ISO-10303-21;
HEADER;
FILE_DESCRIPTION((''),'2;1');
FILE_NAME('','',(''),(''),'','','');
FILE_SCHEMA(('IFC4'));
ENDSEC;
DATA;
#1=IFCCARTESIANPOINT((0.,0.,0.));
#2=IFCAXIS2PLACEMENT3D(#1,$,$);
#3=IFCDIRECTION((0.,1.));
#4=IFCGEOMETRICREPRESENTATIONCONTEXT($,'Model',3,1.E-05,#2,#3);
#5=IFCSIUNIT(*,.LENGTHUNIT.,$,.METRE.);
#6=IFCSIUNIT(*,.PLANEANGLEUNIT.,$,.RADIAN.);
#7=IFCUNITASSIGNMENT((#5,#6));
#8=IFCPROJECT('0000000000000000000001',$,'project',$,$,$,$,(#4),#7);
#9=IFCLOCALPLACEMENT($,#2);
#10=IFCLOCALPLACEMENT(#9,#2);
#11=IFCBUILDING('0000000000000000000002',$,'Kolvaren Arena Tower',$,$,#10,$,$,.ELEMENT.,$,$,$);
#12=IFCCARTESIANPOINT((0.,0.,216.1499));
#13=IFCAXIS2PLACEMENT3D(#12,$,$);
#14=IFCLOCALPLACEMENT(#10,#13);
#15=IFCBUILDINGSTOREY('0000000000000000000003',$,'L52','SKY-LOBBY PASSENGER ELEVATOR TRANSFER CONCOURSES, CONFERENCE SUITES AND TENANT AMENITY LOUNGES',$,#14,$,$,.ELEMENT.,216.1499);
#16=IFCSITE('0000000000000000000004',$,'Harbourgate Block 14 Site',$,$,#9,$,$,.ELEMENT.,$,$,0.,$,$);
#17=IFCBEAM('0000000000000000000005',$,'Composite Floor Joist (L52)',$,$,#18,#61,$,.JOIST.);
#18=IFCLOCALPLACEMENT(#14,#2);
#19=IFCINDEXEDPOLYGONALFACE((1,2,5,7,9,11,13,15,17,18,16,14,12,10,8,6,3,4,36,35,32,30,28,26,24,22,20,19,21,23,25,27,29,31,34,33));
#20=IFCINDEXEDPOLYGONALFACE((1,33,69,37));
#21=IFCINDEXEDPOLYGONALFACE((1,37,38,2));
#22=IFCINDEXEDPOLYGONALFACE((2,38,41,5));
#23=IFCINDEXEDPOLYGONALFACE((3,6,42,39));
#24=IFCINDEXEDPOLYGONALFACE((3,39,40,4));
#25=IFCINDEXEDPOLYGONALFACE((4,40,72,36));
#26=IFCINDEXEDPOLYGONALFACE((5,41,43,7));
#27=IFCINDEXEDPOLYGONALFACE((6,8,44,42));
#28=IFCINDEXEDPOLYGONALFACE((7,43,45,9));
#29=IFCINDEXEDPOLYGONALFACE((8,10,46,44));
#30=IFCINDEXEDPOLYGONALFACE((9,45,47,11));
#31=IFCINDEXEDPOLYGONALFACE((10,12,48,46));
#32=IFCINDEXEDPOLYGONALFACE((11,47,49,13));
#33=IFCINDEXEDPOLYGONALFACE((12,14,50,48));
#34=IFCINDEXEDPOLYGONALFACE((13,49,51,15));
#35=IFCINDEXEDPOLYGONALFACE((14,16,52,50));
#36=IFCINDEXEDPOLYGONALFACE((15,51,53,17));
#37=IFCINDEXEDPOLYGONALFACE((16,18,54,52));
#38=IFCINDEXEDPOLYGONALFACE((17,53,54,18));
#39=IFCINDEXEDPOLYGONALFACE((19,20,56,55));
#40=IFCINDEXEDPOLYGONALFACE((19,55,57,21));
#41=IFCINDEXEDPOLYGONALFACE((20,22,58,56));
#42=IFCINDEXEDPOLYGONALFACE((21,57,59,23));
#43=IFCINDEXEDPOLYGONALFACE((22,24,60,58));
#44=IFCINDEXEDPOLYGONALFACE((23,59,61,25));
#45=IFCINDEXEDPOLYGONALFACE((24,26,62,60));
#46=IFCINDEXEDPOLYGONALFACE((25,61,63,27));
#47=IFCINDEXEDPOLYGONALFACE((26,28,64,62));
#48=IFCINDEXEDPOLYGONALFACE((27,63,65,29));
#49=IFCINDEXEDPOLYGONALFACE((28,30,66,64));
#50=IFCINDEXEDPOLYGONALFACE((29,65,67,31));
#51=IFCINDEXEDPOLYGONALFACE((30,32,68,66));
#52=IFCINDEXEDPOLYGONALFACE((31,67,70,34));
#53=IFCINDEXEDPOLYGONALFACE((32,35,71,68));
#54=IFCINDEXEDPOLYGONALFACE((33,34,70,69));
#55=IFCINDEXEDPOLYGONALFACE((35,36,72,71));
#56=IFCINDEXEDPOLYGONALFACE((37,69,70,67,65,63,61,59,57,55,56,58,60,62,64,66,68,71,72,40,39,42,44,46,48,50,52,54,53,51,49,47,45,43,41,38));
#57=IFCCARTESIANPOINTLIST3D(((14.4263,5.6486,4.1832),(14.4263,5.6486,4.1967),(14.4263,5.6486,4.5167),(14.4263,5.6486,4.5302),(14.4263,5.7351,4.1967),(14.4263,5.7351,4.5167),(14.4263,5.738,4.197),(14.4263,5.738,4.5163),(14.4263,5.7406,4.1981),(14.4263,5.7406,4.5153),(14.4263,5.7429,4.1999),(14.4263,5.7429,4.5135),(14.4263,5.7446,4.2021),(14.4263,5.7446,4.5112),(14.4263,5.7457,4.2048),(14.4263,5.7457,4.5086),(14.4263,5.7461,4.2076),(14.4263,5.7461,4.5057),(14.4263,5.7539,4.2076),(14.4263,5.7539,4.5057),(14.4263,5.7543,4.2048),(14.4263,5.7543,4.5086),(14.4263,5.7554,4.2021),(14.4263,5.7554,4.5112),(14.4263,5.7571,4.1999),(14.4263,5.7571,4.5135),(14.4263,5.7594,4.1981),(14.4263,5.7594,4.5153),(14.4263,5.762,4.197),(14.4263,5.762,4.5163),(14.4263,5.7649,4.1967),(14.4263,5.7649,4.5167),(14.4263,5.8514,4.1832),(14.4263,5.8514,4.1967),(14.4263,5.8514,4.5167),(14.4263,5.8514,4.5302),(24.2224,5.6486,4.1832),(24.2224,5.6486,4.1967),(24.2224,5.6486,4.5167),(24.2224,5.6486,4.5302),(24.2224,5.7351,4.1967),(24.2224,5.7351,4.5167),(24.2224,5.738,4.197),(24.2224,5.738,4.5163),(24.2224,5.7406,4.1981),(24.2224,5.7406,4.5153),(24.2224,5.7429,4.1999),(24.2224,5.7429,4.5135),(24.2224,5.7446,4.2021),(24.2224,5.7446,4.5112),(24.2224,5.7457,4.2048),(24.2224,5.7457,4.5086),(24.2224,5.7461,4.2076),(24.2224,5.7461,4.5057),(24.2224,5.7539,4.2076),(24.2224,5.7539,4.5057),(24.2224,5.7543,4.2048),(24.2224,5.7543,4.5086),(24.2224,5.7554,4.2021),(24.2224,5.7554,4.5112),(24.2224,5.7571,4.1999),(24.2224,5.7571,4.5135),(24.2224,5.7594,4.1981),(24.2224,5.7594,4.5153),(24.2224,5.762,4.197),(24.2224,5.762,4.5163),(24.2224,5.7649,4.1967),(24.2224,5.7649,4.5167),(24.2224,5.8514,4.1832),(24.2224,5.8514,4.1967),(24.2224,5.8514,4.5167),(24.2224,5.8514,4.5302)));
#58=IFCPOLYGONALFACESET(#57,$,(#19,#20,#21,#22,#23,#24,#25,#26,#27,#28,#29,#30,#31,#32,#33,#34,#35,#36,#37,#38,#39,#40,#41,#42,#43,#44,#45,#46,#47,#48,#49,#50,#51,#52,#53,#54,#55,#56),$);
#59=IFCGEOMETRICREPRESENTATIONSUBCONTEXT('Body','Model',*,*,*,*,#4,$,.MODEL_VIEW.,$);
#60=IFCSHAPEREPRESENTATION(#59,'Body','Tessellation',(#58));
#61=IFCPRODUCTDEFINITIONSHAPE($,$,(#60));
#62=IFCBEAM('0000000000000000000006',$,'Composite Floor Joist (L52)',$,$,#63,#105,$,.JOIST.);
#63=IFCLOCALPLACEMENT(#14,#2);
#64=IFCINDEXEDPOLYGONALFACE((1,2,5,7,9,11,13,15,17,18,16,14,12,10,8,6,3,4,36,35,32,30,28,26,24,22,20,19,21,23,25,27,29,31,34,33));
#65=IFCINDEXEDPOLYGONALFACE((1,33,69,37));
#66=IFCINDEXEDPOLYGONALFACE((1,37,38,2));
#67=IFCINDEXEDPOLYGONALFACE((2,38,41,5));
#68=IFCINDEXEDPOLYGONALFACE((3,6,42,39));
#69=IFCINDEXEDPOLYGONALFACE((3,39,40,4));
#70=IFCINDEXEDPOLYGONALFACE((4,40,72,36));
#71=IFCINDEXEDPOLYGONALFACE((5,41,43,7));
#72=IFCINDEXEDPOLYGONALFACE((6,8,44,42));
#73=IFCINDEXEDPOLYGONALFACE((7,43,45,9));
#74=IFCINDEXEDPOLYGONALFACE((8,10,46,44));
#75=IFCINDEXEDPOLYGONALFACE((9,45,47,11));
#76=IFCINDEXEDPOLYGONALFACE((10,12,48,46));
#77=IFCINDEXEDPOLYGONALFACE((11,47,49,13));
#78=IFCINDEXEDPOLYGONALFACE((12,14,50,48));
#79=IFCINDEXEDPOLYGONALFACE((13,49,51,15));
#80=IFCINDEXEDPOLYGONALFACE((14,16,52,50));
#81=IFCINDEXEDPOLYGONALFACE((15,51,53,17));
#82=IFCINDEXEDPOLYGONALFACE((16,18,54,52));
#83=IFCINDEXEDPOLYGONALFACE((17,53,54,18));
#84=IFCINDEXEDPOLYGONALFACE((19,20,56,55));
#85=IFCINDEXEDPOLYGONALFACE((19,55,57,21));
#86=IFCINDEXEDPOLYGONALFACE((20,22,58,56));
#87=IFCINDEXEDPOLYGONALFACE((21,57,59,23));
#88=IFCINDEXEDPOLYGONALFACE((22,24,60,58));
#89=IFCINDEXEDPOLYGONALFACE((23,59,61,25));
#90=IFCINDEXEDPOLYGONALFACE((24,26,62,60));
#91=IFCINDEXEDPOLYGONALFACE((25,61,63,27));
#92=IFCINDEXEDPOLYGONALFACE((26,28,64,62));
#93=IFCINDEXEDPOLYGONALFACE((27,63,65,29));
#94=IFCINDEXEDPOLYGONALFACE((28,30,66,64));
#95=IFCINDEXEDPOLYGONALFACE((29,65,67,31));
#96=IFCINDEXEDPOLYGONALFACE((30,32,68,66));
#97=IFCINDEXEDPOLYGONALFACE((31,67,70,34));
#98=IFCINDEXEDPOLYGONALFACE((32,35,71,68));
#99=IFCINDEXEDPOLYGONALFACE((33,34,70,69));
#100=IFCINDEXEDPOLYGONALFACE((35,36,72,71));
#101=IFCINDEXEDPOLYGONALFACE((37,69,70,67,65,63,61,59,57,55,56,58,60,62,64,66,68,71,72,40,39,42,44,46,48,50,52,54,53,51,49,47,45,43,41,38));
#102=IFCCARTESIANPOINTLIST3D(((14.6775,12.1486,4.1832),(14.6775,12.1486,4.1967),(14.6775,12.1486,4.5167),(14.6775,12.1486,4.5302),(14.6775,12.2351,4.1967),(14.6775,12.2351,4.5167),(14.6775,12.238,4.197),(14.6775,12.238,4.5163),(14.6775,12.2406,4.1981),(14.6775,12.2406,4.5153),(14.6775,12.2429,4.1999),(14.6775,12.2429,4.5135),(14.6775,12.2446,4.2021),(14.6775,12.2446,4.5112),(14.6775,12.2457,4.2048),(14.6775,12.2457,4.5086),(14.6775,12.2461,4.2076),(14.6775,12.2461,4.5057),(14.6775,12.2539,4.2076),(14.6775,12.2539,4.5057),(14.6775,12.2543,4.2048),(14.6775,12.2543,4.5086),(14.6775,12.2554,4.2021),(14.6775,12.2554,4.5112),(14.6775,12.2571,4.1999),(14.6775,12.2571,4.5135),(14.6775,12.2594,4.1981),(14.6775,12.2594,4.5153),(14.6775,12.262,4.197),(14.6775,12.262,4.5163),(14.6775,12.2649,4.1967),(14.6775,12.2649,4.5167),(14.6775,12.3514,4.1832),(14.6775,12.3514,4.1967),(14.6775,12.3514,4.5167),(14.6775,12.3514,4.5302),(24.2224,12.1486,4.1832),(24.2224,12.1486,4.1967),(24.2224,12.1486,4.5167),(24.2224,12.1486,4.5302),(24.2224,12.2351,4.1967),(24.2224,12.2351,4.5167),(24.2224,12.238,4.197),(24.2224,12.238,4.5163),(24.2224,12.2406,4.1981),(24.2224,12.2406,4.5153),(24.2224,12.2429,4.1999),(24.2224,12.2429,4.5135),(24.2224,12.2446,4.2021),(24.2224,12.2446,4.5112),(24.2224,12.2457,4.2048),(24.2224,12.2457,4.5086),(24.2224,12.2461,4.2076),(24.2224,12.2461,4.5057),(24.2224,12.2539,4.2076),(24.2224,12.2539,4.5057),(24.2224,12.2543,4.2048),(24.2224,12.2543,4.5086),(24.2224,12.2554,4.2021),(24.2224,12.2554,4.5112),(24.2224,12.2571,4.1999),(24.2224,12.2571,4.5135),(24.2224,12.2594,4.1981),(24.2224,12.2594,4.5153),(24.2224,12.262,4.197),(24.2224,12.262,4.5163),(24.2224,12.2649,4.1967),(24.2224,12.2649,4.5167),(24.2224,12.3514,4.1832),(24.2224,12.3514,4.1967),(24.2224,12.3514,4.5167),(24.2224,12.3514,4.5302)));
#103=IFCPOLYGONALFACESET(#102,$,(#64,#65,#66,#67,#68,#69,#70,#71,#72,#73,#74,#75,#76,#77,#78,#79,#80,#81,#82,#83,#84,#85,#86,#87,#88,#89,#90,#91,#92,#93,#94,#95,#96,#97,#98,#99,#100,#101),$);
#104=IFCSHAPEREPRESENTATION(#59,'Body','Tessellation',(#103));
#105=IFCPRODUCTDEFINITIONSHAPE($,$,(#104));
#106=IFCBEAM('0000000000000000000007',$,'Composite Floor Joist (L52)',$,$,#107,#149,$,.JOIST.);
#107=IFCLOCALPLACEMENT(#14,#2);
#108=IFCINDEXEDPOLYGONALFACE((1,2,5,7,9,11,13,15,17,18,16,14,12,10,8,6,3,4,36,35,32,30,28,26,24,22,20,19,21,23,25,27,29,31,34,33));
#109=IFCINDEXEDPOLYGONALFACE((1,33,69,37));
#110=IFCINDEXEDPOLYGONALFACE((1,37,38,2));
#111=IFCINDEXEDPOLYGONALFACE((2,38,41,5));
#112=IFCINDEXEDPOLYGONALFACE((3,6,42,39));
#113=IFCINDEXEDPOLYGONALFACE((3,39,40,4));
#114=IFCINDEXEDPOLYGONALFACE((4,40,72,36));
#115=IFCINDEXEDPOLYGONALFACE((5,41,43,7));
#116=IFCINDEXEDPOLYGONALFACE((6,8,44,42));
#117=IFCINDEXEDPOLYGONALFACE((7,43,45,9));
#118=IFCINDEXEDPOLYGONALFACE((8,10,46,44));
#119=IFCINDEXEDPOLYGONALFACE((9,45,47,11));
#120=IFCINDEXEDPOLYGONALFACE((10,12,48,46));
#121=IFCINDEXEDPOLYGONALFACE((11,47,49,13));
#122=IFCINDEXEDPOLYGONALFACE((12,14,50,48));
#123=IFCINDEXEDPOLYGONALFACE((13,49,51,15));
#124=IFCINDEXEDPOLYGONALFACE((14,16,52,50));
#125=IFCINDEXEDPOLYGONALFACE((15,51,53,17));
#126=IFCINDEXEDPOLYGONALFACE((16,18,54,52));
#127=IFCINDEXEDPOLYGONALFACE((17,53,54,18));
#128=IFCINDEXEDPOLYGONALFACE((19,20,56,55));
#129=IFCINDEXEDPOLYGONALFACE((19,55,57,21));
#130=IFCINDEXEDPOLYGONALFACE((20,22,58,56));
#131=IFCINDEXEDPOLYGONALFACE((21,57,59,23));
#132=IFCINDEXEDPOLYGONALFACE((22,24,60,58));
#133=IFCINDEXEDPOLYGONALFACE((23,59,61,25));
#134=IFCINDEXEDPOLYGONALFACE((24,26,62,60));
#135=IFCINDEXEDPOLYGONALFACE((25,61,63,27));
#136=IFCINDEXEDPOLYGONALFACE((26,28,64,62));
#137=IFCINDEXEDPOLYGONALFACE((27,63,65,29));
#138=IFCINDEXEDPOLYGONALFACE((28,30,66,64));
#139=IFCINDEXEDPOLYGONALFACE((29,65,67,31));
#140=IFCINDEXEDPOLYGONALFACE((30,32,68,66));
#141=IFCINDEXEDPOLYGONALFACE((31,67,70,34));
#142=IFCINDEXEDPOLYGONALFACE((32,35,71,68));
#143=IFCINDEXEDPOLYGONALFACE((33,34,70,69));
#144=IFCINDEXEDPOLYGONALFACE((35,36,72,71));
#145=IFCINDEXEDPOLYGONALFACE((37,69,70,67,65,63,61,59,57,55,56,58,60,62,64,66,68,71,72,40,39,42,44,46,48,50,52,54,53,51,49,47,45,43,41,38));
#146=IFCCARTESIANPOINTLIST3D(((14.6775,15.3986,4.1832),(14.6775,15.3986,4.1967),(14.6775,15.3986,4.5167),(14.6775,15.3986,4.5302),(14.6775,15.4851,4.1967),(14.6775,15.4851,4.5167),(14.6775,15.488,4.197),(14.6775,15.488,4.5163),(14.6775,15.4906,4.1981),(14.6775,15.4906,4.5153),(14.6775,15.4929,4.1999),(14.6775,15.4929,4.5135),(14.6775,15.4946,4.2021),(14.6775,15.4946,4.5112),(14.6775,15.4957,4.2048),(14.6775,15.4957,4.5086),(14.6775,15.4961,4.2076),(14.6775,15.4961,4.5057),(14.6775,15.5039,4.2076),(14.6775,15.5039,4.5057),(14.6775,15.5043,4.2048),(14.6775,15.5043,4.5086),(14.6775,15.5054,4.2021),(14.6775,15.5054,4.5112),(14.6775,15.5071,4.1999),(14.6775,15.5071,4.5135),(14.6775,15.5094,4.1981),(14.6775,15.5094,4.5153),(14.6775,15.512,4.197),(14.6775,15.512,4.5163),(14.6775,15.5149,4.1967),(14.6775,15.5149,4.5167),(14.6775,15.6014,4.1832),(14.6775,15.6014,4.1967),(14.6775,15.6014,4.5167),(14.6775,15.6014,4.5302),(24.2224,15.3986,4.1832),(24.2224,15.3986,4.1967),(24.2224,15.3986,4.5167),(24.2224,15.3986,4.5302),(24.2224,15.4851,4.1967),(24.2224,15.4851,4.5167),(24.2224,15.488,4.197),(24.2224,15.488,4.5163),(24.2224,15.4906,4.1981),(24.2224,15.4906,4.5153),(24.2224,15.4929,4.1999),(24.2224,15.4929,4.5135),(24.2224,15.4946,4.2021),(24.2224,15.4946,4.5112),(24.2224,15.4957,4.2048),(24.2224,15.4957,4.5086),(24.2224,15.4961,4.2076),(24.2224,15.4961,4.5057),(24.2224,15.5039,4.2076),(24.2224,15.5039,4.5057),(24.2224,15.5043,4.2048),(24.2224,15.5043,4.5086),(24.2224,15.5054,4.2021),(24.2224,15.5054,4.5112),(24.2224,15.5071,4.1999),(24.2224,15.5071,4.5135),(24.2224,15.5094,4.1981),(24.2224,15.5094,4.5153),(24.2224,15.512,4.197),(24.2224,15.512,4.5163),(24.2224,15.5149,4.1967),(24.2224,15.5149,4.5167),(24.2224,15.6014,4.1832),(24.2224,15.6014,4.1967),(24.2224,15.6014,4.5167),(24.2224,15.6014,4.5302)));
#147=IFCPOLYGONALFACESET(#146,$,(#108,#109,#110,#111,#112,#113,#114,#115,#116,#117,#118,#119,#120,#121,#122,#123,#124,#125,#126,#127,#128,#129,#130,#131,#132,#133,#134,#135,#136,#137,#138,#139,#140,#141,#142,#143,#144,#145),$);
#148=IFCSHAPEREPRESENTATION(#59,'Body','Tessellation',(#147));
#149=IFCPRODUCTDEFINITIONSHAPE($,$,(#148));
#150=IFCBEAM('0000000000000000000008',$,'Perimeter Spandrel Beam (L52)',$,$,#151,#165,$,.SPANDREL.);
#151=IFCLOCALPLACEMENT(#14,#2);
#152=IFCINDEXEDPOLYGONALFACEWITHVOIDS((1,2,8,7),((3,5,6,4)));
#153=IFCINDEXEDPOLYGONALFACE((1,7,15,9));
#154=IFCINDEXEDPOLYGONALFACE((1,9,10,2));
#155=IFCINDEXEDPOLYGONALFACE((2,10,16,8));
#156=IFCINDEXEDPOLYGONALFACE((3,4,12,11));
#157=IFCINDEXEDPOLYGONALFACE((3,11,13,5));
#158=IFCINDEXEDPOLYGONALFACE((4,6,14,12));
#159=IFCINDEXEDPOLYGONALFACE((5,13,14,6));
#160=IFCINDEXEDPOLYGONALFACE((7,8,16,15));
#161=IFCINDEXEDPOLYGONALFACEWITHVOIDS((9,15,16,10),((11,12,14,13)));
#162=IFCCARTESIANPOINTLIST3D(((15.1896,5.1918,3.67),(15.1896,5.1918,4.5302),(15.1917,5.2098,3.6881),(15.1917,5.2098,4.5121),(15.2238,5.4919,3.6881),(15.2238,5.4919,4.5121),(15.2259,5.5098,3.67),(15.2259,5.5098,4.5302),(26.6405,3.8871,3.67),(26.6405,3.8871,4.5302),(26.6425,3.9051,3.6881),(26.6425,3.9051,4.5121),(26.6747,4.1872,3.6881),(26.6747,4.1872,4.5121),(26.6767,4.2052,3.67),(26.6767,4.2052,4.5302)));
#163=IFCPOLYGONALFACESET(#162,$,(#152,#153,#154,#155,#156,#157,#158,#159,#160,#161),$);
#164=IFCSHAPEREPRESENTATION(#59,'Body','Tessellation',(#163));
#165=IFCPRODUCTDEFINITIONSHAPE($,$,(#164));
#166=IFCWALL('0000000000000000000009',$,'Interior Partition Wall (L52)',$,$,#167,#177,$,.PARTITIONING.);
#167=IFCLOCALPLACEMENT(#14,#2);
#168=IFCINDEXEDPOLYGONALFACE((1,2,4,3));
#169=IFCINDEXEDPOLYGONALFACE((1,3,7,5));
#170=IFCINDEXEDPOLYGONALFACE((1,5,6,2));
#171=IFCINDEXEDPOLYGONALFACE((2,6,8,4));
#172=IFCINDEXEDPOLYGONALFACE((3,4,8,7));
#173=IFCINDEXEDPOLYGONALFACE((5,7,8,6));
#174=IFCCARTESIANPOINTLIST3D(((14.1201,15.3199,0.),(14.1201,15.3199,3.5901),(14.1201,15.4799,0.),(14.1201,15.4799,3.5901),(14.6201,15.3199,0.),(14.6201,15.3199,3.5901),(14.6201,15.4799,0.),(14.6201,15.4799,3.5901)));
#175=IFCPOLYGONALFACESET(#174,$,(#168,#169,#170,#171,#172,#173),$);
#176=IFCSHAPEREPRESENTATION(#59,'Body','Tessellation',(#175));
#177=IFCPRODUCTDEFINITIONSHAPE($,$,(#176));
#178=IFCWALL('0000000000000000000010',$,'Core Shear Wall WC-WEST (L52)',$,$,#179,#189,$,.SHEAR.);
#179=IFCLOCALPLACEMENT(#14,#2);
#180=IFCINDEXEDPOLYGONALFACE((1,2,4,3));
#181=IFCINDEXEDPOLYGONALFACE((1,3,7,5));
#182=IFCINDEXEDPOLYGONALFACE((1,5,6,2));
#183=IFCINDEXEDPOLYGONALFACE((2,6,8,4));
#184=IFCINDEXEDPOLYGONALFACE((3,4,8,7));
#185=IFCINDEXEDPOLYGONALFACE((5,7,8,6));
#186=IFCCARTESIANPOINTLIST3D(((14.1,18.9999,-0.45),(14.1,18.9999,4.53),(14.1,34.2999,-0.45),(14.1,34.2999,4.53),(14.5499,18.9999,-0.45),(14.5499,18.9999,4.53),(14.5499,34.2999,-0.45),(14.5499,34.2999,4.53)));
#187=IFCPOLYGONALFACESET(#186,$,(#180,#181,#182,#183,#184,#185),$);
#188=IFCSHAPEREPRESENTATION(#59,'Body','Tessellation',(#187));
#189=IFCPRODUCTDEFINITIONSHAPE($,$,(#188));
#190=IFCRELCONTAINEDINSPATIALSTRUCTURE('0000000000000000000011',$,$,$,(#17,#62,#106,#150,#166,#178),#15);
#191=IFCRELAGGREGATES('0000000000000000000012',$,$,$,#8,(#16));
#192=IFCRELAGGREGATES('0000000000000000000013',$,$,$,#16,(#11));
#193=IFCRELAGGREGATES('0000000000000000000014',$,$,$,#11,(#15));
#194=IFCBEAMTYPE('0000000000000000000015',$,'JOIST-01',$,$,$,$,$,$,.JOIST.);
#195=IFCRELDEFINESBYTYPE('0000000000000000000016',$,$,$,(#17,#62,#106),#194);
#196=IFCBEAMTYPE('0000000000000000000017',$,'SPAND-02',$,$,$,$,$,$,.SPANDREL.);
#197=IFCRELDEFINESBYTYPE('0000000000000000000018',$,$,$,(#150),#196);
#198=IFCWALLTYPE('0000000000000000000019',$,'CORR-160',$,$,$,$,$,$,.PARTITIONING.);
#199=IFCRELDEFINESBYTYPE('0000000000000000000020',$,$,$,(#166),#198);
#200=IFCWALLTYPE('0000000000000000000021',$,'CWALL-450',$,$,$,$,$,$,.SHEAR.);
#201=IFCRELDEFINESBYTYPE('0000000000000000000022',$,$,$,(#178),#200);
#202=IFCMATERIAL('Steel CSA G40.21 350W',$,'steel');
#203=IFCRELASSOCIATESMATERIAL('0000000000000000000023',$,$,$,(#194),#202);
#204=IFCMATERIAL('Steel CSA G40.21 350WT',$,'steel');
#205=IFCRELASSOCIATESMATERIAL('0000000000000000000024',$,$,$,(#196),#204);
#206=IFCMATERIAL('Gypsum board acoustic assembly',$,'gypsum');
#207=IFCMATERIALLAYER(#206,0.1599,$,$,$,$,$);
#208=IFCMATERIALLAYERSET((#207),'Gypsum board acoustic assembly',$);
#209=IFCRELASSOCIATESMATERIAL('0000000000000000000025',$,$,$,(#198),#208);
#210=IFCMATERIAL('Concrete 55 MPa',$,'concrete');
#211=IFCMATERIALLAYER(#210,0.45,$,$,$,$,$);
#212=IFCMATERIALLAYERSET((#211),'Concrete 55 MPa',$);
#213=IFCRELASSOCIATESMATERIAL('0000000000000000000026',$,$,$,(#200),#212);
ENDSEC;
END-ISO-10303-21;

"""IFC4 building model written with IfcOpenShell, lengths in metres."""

from ifc_helpers import new_model, si_unit, direction, frame, frame_2d, origin, origin_2d, place, context, subcontext, project, spatial, rectangle, hollow_rectangle, i_section, extrude, material, layer, layer_set, material_profile, profile_set, type_object, element, save


model = new_model("IFC4")

# Units and contexts
model_context = context("Model", 3, precision=1e-05, world=origin(), true_north=direction((0.0, 1.0)))
body_context = subcontext(model_context, "Body", "Model", "MODEL_VIEW")
ifc_project = project(units=[si_unit("LENGTHUNIT", "METRE"), si_unit("PLANEANGLEUNIT", "RADIAN")], contexts=[model_context])

# Site, building, storey
site_placement = place(None, origin())
site = spatial("IfcSite", under=ifc_project, at=site_placement, Name="Harbourgate Block 14 Site", CompositionType="ELEMENT", RefElevation=0.0)
building_placement = place(site_placement, origin())
building = spatial("IfcBuilding", under=site, at=building_placement, Name="Kolvaren Arena Tower", CompositionType="ELEMENT")
storey_placement = place(building_placement, frame((0.0, 0.0, 216.1499)))
storey = spatial("IfcBuildingStorey", under=building, at=storey_placement, Name="L52", Description="SKY-LOBBY PASSENGER ELEVATOR TRANSFER CONCOURSES, CONFERENCE SUITES AND TENANT AMENITY LOUNGES", CompositionType="ELEMENT", Elevation=216.1499)

# Beams
ifc_material_1 = material(Name="Steel CSA G40.21 350W", Category="steel")
ifc_material_profile_1 = material_profile(ifc_material_1, i_section(OverallWidth=0.2029, OverallDepth=0.3469, WebThickness=0.0078, FlangeThickness=0.0134, FilletRadius=0.011, at=origin_2d()), Name="W360x64")
ifc_profile_set_1 = profile_set([ifc_material_profile_1], Name="Steel CSA G40.21 350W")
beam_type_1 = type_object("IfcBeamType", Name="JOIST-01", PredefinedType="JOIST", material=ifc_profile_set_1)
beam_1_placement = place(storey_placement, frame((14.4263, 5.75, 4.3567), z_axis=(1.0, 0.0, 0.0), x_axis=(0.0, 1.0, 0.0)))
element("IfcBeam", 1, at=beam_1_placement, inside=storey, type_object=beam_type_1, Name="Composite Floor Joist (L52)", PredefinedType="JOIST", context=body_context, shape_type="SweptSolid", body=[
    extrude(i_section(OverallWidth=0.2029, OverallDepth=0.3469, WebThickness=0.0078, FlangeThickness=0.0134, FilletRadius=0.011, at=origin_2d()), origin(), (0.0, 0.0, 1.0), 9.7961),
])
for number, where, z_axis, x_axis, name in (
    (2, (14.6775, 12.25, 4.3567), (1.0, 0.0, 0.0), (0.0, 1.0, 0.0), "Composite Floor Joist (L52)"),
    (3, (14.6775, 15.5, 4.3567), (1.0, 0.0, 0.0), (0.0, 1.0, 0.0), "Composite Floor Joist (L52)"),
):
    element("IfcBeam", number, at=place(storey_placement, frame(where, z_axis=z_axis, x_axis=x_axis)), inside=storey, type_object=beam_type_1, Name=name, PredefinedType="JOIST", context=body_context, shape_type="SweptSolid", body=[
        extrude(i_section(OverallWidth=0.2029, OverallDepth=0.3469, WebThickness=0.0078, FlangeThickness=0.0134, FilletRadius=0.011, at=origin_2d()), origin(), (0.0, 0.0, 1.0), 9.5449),
    ])
ifc_material_2 = material(Name="Steel CSA G40.21 350WT", Category="steel")
ifc_material_profile_2 = material_profile(ifc_material_2, hollow_rectangle(XDim=0.3201, YDim=0.8601, WallThickness=0.0181, at=origin_2d()), Name="HSS 860x320x18")
ifc_profile_set_2 = profile_set([ifc_material_profile_2], Name="Steel CSA G40.21 350WT")
beam_type_2 = type_object("IfcBeamType", Name="SPAND-02", PredefinedType="SPANDREL", material=ifc_profile_set_2)
beam_2_placement = place(storey_placement, frame((15.2078, 5.3508, 4.1001), z_axis=(0.993572, -0.113205, 0.0), x_axis=(0.113205, 0.993572, 0.0)))
element("IfcBeam", 4, at=beam_2_placement, inside=storey, type_object=beam_type_2, Name="Perimeter Spandrel Beam (L52)", PredefinedType="SPANDREL", context=body_context, shape_type="SweptSolid", body=[
    extrude(hollow_rectangle(XDim=0.3201, YDim=0.8601, WallThickness=0.0181, at=origin_2d()), origin(), (0.0, 0.0, 1.0), 11.5249),
])

# Wall
ifc_material_3 = material(Name="Gypsum board acoustic assembly", Category="gypsum")
ifc_layer_1 = layer(ifc_material_3, 0.1599)
ifc_layer_set_1 = layer_set([ifc_layer_1], Name="Gypsum board acoustic assembly")
wall_type_1 = type_object("IfcWallType", Name="CORR-160", PredefinedType="PARTITIONING", material=ifc_layer_set_1)
wall_1_placement = place(storey_placement, frame((14.1201, 15.3999, 0.0), z_axis=(0.0, 0.0, 1.0), x_axis=(1.0, 0.0, 0.0)))
element("IfcWall", 5, at=wall_1_placement, inside=storey, type_object=wall_type_1, Name="Interior Partition Wall (L52)", PredefinedType="PARTITIONING", context=body_context, shape_type="SweptSolid", body=[
    extrude(rectangle(XDim=0.5, YDim=0.1599, at=frame_2d((0.25, 0.0))), origin(), (0.0, 0.0, 1.0), 3.5901),
])

# Wall
ifc_material_4 = material(Name="Concrete 55 MPa", Category="concrete")
ifc_layer_2 = layer(ifc_material_4, 0.45)
ifc_layer_set_2 = layer_set([ifc_layer_2], Name="Concrete 55 MPa")
wall_type_2 = type_object("IfcWallType", Name="CWALL-450", PredefinedType="SHEAR", material=ifc_layer_set_2)
wall_2_placement = place(storey_placement, frame((14.325, 19.0, -0.45), z_axis=(0.0, 0.0, 1.0), x_axis=(0.0, 1.0, 0.0)))
element("IfcWall", 6, at=wall_2_placement, inside=storey, type_object=wall_type_2, Name="Core Shear Wall WC-WEST (L52)", PredefinedType="SHEAR", context=body_context, shape_type="SweptSolid", body=[
    extrude(rectangle(XDim=15.3, YDim=0.45, at=frame_2d((7.6499, 0.0))), origin(), (0.0, 0.0, 1.0), 4.98),
])

save(model, "model.ifc")
